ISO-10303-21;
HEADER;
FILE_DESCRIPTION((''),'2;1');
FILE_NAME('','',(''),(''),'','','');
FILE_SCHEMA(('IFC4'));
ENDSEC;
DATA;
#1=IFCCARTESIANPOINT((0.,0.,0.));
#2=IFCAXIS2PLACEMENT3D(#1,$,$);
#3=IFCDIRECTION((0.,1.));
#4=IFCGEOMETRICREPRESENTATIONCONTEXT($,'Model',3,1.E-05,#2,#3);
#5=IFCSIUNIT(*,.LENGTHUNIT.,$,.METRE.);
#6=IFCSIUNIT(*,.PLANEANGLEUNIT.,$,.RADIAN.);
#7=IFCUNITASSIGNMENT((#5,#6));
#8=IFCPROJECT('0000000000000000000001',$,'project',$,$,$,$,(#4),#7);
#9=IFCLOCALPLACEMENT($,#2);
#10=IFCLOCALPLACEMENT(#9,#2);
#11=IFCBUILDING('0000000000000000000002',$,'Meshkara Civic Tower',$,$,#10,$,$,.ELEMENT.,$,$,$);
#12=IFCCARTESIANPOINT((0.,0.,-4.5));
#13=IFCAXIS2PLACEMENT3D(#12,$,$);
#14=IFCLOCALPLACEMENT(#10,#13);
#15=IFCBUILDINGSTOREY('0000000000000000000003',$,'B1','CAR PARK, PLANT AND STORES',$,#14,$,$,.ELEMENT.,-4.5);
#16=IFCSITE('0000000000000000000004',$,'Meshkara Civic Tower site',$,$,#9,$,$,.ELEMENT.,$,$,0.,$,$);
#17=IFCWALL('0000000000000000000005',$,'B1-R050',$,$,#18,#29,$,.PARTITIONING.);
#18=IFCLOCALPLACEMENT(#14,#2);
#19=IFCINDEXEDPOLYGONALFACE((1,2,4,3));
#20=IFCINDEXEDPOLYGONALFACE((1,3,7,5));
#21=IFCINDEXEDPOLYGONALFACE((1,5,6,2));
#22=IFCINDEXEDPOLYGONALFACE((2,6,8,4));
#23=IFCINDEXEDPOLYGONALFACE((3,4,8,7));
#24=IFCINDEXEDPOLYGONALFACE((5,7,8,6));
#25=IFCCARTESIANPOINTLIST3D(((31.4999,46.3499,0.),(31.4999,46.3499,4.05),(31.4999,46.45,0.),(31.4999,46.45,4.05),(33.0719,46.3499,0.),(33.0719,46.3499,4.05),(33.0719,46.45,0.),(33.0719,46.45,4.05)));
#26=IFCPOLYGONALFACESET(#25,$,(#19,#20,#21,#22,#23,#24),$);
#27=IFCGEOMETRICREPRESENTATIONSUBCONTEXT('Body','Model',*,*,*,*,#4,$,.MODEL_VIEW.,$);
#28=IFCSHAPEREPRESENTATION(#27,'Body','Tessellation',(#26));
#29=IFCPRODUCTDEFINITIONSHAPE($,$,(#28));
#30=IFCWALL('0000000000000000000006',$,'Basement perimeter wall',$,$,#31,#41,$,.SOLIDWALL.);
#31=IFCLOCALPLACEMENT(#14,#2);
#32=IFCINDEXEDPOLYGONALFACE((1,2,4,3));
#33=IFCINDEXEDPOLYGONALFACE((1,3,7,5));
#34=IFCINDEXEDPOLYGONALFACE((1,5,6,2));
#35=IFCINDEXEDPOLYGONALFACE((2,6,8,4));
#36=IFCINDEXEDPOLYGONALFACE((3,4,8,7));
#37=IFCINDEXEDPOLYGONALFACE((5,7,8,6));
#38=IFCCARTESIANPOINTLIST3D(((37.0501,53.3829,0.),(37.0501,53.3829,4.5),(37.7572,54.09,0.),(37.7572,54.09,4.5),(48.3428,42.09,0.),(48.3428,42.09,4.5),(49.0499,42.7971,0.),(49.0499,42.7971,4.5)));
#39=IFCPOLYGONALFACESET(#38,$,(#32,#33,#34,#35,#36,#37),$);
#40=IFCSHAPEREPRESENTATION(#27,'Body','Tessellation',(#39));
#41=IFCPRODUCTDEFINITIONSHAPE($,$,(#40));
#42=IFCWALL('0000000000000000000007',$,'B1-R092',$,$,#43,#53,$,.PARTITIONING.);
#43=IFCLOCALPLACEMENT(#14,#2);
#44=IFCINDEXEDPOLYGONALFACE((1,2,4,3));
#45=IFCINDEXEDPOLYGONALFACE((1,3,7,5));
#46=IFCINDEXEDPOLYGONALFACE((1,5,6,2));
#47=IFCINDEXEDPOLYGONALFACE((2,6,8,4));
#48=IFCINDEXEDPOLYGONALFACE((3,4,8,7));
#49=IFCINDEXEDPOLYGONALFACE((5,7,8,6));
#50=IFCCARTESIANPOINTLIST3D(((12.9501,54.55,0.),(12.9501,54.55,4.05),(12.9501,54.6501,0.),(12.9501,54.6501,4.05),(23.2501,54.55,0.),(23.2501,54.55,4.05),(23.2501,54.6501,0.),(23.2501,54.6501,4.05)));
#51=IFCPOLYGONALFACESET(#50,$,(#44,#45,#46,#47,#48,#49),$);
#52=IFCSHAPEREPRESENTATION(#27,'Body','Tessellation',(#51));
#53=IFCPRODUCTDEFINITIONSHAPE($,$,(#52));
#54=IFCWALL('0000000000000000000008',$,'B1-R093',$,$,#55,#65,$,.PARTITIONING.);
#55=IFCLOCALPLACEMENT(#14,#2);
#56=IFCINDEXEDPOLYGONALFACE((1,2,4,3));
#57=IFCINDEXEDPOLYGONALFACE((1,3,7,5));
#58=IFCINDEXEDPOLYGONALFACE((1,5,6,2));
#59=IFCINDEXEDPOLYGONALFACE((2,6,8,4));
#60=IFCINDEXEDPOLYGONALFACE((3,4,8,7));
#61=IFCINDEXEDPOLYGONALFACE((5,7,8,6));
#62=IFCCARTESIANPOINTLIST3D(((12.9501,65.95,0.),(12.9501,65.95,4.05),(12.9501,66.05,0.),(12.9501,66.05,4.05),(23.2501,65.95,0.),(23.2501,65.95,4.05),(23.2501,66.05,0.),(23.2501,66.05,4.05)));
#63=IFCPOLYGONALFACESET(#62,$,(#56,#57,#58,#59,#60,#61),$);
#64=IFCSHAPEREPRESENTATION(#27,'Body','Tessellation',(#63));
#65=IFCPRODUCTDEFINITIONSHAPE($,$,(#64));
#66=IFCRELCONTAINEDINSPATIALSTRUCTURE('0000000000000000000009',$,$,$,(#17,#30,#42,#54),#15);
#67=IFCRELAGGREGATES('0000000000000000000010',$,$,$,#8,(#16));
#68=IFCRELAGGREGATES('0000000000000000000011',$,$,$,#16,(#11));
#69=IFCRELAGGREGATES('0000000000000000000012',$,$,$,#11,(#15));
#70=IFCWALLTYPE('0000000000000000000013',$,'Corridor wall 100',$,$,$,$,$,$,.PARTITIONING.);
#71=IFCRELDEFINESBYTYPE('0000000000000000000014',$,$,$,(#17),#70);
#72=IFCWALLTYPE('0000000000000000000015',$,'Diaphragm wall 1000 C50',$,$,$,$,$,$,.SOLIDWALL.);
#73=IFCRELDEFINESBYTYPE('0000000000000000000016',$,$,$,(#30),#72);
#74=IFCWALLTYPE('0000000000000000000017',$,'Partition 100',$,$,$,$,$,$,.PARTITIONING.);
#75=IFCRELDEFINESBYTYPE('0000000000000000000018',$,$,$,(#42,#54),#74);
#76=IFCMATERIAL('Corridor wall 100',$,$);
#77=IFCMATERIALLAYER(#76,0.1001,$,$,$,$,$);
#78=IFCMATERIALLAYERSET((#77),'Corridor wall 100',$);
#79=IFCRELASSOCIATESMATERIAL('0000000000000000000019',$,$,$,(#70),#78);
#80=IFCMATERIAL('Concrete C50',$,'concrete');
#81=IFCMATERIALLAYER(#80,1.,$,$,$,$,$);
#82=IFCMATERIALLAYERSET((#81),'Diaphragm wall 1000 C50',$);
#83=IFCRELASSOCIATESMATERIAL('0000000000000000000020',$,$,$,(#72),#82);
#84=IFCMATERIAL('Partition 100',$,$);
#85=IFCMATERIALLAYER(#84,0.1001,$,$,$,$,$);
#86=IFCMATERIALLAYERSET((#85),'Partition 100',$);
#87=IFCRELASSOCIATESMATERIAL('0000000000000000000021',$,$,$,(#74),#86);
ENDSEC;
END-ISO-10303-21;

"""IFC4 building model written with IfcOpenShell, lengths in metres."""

from ifc_helpers import new_model, si_unit, direction, frame, frame_2d, origin, place, context, subcontext, project, spatial, rectangle, extrude, material, layer, layer_set, type_object, element, save


model = new_model("IFC4")

# Units and contexts
model_context = context("Model", 3, precision=1e-05, world=origin(), true_north=direction((0.0, 1.0)))
body_context = subcontext(model_context, "Body", "Model", "MODEL_VIEW")
ifc_project = project(units=[si_unit("LENGTHUNIT", "METRE"), si_unit("PLANEANGLEUNIT", "RADIAN")], contexts=[model_context])

# Site, building, storey
site_placement = place(None, origin())
site = spatial("IfcSite", under=ifc_project, at=site_placement, Name="Meshkara Civic Tower site", CompositionType="ELEMENT", RefElevation=0.0)
building_placement = place(site_placement, origin())
building = spatial("IfcBuilding", under=site, at=building_placement, Name="Meshkara Civic Tower", CompositionType="ELEMENT")
storey_placement = place(building_placement, frame((0.0, 0.0, -4.5)))
storey = spatial("IfcBuildingStorey", under=building, at=storey_placement, Name="B1", Description="CAR PARK, PLANT AND STORES", CompositionType="ELEMENT", Elevation=-4.5)

# Shared definitions
ifc_material_1 = material(Name="Corridor wall 100")
ifc_layer_1 = layer(ifc_material_1, 0.1001)
ifc_layer_set_1 = layer_set([ifc_layer_1], Name="Corridor wall 100")
wall_type_1 = type_object("IfcWallType", Name="Corridor wall 100", PredefinedType="PARTITIONING", material=ifc_layer_set_1)

# Walls
wall_1_placement = place(storey_placement, frame((33.072, 46.3999, 0.0), z_axis=(0.0, 0.0, 1.0), x_axis=(-1.0, 0.0, 0.0)))
element("IfcWall", 1, at=wall_1_placement, inside=storey, type_object=wall_type_1, Name="B1-R050", PredefinedType="PARTITIONING", context=body_context, shape_type="SweptSolid", body=[
    extrude(rectangle(XDim=1.572, YDim=0.1001, at=frame_2d((0.7861, 0.0))), origin(), (0.0, 0.0, 1.0), 4.05),
])
ifc_material_2 = material(Name="Concrete C50", Category="concrete")
ifc_layer_2 = layer(ifc_material_2, 1.0)
ifc_layer_set_2 = layer_set([ifc_layer_2], Name="Diaphragm wall 1000 C50")
wall_type_2 = type_object("IfcWallType", Name="Diaphragm wall 1000 C50", PredefinedType="SOLIDWALL", material=ifc_layer_set_2)
wall_2_placement = place(storey_placement, frame((37.4036, 53.7366, 0.0), z_axis=(0.0, 0.0, 1.0), x_axis=(0.707099, -0.707114, 0.0)))
element("IfcWall", 2, at=wall_2_placement, inside=storey, type_object=wall_type_2, Name="Basement perimeter wall", PredefinedType="SOLIDWALL", context=body_context, shape_type="SweptSolid", body=[
    extrude(rectangle(XDim=15.9705, YDim=1.0, at=frame_2d((7.9854, 0.0))), origin(), (0.0, 0.0, 1.0), 4.5),
])
ifc_material_3 = material(Name="Partition 100")
ifc_layer_3 = layer(ifc_material_3, 0.1001)
ifc_layer_set_3 = layer_set([ifc_layer_3], Name="Partition 100")
wall_type_3 = type_object("IfcWallType", Name="Partition 100", PredefinedType="PARTITIONING", material=ifc_layer_set_3)
for number, where, z_axis, x_axis, name in (
    (3, (23.25, 54.6001, 0.0), (0.0, 0.0, 1.0), (-1.0, 0.0, 0.0), "B1-R092"),
    (4, (23.25, 66.0, 0.0), (0.0, 0.0, 1.0), (-1.0, 0.0, 0.0), "B1-R093"),
):
    element("IfcWall", number, at=place(storey_placement, frame(where, z_axis=z_axis, x_axis=x_axis)), inside=storey, type_object=wall_type_3, Name=name, PredefinedType="PARTITIONING", context=body_context, shape_type="SweptSolid", body=[
        extrude(rectangle(XDim=10.3, YDim=0.1001, at=frame_2d((5.1499, 0.0))), origin(), (0.0, 0.0, 1.0), 4.05),
    ])

save(model, "model.ifc")
